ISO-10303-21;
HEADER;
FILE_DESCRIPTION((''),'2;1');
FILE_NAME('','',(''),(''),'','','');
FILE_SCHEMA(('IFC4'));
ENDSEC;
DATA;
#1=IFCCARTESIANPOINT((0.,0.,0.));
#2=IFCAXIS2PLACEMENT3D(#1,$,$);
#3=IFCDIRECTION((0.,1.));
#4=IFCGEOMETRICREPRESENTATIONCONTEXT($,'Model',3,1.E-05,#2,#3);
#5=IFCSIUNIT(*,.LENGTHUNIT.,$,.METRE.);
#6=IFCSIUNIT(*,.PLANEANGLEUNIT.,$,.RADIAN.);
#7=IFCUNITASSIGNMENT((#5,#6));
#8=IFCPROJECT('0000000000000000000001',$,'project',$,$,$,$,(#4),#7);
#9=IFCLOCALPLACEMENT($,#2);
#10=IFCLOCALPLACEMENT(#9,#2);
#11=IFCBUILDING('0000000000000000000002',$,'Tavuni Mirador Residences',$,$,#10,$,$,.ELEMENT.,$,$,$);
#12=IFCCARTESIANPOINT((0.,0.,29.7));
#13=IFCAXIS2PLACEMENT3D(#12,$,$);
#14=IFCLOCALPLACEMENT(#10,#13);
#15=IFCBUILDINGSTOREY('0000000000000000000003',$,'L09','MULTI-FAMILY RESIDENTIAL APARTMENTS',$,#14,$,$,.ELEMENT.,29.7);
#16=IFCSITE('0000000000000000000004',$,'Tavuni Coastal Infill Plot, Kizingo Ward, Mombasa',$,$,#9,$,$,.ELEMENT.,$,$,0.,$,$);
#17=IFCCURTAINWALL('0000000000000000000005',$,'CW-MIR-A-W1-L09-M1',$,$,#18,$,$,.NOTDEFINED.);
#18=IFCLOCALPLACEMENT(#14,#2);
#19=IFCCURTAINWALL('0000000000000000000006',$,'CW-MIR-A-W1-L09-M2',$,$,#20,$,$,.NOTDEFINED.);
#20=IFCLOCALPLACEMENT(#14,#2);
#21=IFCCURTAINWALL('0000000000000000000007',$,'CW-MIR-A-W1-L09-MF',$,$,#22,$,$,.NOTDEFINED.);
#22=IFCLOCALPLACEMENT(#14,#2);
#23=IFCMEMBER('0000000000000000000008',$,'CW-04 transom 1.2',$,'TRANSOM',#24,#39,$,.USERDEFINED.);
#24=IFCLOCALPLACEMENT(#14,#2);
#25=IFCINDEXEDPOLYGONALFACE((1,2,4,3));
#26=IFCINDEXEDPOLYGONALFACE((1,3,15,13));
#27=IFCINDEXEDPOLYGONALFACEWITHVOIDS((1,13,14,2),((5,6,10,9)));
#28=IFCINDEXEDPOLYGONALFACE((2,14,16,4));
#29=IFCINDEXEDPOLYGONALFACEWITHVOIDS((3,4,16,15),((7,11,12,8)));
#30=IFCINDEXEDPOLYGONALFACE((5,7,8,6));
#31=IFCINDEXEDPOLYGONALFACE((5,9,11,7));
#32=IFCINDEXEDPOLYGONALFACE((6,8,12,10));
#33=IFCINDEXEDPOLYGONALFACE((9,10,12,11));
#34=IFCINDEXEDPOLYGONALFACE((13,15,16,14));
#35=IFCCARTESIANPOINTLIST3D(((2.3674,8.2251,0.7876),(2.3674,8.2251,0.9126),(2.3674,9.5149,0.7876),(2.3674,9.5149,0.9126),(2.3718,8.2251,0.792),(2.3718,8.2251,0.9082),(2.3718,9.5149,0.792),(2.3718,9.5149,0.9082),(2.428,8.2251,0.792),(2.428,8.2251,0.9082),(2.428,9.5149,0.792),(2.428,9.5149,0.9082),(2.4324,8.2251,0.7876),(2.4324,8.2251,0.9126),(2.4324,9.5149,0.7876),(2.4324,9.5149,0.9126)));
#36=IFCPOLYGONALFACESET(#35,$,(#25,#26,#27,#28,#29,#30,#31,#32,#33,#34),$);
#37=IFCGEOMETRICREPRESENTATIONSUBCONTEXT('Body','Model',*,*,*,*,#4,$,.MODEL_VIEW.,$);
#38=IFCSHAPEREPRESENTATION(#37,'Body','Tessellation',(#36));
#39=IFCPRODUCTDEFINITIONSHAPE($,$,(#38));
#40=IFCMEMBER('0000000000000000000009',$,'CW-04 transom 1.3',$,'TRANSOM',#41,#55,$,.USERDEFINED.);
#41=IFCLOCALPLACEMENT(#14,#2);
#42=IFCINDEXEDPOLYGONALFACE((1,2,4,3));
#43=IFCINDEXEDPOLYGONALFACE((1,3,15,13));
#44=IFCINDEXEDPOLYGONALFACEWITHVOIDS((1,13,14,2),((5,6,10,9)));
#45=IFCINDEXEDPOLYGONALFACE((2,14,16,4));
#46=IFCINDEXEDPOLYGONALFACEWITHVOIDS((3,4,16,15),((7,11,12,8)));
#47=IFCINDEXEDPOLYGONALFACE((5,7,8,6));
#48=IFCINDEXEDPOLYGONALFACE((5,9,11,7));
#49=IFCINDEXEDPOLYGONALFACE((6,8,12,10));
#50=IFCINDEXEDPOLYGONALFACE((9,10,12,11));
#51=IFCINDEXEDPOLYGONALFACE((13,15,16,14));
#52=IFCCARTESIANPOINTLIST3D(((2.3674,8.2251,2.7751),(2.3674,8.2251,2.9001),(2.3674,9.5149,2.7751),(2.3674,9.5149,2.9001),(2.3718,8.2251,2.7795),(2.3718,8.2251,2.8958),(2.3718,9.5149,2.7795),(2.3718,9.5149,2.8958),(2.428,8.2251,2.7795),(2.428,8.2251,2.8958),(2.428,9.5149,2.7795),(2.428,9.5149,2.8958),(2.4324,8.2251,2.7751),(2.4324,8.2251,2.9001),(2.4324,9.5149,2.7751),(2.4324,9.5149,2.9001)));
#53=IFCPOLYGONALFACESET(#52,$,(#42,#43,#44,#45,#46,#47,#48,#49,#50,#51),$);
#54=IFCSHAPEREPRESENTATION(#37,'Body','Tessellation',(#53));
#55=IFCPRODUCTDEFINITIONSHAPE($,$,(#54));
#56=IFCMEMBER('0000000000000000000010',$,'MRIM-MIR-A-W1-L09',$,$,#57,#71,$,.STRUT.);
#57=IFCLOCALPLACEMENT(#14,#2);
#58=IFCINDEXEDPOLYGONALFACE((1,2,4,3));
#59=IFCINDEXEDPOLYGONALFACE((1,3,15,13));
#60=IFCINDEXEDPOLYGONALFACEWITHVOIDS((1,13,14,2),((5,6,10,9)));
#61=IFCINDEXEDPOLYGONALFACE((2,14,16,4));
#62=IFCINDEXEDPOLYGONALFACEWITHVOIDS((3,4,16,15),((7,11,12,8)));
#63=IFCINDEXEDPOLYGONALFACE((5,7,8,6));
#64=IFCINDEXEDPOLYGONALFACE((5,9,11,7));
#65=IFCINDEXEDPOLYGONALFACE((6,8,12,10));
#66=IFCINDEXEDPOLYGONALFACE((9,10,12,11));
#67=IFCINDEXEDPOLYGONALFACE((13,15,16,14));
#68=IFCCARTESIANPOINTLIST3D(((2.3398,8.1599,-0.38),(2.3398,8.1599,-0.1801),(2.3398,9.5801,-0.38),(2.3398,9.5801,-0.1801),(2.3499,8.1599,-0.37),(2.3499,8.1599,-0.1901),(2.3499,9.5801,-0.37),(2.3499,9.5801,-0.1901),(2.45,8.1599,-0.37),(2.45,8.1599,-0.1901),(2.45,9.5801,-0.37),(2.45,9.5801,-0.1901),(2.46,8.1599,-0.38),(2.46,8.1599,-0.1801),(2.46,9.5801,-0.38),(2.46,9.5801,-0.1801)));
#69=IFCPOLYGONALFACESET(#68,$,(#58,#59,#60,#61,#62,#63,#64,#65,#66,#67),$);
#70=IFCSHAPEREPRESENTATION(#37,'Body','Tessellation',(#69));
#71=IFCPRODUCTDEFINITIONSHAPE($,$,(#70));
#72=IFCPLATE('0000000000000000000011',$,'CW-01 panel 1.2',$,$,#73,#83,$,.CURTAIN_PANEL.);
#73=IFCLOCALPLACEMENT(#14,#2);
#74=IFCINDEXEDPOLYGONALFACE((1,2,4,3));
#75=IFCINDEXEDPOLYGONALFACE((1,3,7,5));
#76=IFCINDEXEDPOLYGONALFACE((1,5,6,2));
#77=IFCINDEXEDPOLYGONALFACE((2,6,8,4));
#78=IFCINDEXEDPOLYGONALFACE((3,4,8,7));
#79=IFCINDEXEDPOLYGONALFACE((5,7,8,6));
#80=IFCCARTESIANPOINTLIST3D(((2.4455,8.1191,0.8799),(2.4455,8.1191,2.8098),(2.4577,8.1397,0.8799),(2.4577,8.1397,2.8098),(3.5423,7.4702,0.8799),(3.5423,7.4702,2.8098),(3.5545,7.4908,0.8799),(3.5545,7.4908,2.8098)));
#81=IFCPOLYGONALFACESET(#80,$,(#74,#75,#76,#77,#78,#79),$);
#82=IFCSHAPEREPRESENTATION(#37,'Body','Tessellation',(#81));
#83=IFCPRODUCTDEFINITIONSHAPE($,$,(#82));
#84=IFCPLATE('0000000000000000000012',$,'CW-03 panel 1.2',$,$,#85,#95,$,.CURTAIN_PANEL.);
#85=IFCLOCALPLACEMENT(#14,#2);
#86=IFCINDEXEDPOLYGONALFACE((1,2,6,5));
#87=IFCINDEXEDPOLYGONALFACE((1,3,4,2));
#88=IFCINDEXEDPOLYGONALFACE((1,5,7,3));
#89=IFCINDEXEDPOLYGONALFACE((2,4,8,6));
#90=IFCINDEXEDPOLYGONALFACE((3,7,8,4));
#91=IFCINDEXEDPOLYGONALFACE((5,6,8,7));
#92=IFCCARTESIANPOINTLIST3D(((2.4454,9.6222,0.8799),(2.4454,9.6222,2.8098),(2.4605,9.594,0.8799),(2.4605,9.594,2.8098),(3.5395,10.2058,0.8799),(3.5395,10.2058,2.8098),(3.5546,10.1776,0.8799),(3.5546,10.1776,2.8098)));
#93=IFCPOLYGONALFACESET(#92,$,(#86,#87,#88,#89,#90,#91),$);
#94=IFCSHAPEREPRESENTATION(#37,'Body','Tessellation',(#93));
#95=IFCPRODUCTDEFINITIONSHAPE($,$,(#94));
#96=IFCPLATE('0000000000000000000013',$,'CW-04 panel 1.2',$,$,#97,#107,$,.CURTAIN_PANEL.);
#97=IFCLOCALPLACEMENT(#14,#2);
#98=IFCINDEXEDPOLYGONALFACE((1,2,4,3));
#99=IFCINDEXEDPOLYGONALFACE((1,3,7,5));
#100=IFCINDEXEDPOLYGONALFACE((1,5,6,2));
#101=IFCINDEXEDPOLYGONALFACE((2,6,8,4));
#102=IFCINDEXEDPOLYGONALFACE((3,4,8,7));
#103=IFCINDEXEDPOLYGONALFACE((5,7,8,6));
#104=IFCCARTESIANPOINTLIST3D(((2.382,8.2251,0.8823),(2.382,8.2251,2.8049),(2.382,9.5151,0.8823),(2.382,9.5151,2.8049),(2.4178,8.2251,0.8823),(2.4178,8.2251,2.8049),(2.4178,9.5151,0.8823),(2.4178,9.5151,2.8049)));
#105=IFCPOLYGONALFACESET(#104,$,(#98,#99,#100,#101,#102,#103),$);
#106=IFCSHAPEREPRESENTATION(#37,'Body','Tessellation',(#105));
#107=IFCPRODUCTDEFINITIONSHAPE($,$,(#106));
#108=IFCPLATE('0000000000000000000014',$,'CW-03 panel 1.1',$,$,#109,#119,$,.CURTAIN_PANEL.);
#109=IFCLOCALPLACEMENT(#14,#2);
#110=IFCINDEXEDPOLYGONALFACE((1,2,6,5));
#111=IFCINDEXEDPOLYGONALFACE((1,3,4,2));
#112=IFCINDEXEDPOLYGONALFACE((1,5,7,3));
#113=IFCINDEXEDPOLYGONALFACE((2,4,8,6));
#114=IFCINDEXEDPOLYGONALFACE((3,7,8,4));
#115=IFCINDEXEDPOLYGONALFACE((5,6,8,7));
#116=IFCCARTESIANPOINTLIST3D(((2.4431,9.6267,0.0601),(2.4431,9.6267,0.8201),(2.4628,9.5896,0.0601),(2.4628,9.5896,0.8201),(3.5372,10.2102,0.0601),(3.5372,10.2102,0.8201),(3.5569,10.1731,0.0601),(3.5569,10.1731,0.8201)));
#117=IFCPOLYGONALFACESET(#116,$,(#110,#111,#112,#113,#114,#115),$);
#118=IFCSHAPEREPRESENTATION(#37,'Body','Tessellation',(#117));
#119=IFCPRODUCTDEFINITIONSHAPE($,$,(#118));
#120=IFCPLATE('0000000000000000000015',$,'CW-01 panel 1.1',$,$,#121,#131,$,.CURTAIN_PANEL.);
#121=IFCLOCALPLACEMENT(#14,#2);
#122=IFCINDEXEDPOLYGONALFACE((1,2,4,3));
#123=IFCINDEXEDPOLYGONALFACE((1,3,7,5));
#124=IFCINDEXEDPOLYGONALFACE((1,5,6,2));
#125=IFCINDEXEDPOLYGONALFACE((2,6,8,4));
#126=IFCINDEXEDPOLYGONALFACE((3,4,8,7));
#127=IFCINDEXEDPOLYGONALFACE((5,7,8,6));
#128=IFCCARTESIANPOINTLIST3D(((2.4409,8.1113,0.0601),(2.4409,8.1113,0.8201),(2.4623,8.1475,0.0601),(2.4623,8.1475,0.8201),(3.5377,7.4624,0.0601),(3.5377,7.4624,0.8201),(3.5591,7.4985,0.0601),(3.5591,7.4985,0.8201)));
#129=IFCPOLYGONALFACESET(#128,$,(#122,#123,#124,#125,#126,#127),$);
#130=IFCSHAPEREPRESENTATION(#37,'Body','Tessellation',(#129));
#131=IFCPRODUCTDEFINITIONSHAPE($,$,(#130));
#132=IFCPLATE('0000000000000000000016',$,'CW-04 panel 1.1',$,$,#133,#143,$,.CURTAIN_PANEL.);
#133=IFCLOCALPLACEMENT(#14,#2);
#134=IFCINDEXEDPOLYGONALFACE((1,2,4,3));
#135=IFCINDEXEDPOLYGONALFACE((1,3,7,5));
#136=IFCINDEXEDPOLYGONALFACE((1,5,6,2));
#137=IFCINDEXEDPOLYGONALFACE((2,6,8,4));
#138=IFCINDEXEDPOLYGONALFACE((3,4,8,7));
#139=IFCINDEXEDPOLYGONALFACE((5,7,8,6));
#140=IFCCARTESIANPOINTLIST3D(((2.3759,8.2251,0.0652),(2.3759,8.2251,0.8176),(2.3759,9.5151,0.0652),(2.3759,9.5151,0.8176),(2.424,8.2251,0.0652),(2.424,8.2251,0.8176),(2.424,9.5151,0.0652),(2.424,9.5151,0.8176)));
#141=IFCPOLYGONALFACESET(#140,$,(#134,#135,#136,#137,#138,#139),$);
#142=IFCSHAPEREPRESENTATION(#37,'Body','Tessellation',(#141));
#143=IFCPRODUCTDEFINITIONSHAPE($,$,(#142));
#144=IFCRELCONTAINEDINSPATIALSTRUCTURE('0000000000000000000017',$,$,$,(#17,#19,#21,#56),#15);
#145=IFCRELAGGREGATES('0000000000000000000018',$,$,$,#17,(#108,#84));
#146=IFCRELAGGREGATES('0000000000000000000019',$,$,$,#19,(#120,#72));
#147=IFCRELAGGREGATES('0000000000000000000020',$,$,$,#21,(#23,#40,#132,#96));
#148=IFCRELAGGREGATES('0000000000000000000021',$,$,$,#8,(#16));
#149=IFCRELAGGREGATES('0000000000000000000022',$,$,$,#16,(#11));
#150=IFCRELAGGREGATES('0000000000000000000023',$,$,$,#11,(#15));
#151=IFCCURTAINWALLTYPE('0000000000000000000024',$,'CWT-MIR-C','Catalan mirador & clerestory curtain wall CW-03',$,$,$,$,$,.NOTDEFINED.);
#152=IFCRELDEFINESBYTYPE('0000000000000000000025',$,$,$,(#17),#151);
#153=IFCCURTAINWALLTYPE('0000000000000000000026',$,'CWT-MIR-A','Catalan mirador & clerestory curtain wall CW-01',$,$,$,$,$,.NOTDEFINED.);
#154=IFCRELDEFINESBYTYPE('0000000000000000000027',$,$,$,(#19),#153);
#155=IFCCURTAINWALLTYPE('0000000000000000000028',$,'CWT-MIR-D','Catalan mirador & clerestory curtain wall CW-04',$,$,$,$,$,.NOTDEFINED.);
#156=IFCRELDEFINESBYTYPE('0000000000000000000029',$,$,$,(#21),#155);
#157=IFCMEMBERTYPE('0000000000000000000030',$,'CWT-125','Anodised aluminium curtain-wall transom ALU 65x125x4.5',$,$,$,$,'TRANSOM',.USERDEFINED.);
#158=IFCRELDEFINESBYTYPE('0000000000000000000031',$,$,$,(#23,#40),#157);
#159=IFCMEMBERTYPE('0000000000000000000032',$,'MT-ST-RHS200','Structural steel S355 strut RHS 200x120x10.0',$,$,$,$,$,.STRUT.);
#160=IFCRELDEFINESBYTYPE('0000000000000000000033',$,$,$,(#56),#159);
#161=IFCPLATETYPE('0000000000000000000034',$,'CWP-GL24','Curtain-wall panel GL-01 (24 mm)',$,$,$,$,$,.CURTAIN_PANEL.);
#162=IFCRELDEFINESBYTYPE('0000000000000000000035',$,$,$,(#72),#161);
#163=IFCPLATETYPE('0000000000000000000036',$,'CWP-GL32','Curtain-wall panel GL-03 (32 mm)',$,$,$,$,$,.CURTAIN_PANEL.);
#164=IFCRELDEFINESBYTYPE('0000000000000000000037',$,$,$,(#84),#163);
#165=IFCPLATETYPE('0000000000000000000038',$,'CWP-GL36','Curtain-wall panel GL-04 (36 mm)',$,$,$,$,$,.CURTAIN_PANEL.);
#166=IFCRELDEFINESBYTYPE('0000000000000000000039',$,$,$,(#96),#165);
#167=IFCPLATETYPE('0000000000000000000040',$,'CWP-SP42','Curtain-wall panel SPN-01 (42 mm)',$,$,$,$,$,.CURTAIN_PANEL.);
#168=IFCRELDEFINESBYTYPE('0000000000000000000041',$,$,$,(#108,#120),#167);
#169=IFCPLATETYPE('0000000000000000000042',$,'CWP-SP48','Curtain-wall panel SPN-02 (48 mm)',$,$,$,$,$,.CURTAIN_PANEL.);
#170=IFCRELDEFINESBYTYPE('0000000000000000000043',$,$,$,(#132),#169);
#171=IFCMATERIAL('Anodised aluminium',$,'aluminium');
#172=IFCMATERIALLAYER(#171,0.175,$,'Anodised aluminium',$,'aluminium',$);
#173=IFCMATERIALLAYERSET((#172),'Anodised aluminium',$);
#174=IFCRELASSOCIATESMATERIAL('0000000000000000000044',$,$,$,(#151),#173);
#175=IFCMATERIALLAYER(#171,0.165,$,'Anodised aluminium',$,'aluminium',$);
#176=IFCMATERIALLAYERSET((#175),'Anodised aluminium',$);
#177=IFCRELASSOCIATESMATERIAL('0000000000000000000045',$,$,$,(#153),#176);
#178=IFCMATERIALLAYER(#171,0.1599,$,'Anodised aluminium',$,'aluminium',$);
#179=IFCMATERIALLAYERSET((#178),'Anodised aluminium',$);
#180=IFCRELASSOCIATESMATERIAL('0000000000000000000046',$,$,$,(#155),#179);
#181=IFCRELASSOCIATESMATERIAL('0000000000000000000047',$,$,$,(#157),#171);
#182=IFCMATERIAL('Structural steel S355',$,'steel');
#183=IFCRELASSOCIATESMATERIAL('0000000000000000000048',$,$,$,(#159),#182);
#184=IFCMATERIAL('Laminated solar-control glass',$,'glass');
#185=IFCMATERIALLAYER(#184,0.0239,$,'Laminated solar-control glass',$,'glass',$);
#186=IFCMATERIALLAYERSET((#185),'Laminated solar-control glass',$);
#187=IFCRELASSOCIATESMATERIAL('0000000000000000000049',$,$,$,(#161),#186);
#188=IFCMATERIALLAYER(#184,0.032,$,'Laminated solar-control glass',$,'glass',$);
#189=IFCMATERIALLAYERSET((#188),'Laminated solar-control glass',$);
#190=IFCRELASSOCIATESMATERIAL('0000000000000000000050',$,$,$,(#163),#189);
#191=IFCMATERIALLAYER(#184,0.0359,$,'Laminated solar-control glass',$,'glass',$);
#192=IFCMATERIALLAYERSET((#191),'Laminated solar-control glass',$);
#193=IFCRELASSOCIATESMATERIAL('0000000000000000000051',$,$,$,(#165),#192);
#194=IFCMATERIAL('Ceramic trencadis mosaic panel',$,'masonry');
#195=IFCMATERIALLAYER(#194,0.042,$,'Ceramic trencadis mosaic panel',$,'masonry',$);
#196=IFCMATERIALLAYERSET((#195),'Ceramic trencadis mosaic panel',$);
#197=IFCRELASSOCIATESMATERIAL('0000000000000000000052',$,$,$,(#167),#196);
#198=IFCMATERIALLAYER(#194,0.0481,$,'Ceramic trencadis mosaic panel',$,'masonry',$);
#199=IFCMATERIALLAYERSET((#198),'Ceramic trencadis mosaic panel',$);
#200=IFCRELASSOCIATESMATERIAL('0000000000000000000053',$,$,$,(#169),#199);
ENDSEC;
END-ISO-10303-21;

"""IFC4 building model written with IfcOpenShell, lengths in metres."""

from ifc_helpers import new_model, si_unit, direction, frame, origin, origin_2d, place, context, subcontext, project, spatial, rectangle, hollow_rectangle, extrude, material, layer, layer_set, material_profile, profile_set, type_object, element, aggregate, save


model = new_model("IFC4")

# Units and contexts
model_context = context("Model", 3, precision=1e-05, world=origin(), true_north=direction((0.0, 1.0)))
body_context = subcontext(model_context, "Body", "Model", "MODEL_VIEW")
ifc_project = project(units=[si_unit("LENGTHUNIT", "METRE"), si_unit("PLANEANGLEUNIT", "RADIAN")], contexts=[model_context])

# Site, building, storey
site_placement = place(None, origin())
site = spatial("IfcSite", under=ifc_project, at=site_placement, Name="Tavuni Coastal Infill Plot, Kizingo Ward, Mombasa", CompositionType="ELEMENT", RefElevation=0.0)
building_placement = place(site_placement, origin())
building = spatial("IfcBuilding", under=site, at=building_placement, Name="Tavuni Mirador Residences", CompositionType="ELEMENT")
storey_placement = place(building_placement, frame((0.0, 0.0, 29.7)))
storey = spatial("IfcBuildingStorey", under=building, at=storey_placement, Name="L09", Description="MULTI-FAMILY RESIDENTIAL APARTMENTS", CompositionType="ELEMENT", Elevation=29.7)

# Curtain walls
ifc_material_1 = material(Name="Anodised aluminium", Category="aluminium")
ifc_layer_1 = layer(ifc_material_1, 0.175, Name="Anodised aluminium", Category="aluminium")
ifc_layer_set_1 = layer_set([ifc_layer_1], Name="Anodised aluminium")
curtain_wall_type_1 = type_object("IfcCurtainWallType", Name="CWT-MIR-C", Description="Catalan mirador & clerestory curtain wall CW-03", PredefinedType="NOTDEFINED", material=ifc_layer_set_1)
curtain_wall_1_placement = place(storey_placement, origin())
curtain_wall_1 = element("IfcCurtainWall", 1, at=curtain_wall_1_placement, inside=storey, type_object=curtain_wall_type_1, Name="CW-MIR-A-W1-L09-M1", PredefinedType="NOTDEFINED")
ifc_layer_2 = layer(ifc_material_1, 0.165, Name="Anodised aluminium", Category="aluminium")
ifc_layer_set_2 = layer_set([ifc_layer_2], Name="Anodised aluminium")
curtain_wall_type_2 = type_object("IfcCurtainWallType", Name="CWT-MIR-A", Description="Catalan mirador & clerestory curtain wall CW-01", PredefinedType="NOTDEFINED", material=ifc_layer_set_2)
curtain_wall_2_placement = place(storey_placement, origin())
curtain_wall_2 = element("IfcCurtainWall", 2, at=curtain_wall_2_placement, inside=storey, type_object=curtain_wall_type_2, Name="CW-MIR-A-W1-L09-M2", PredefinedType="NOTDEFINED")

# Curtain wall
ifc_layer_3 = layer(ifc_material_1, 0.1599, Name="Anodised aluminium", Category="aluminium")
ifc_layer_set_3 = layer_set([ifc_layer_3], Name="Anodised aluminium")
curtain_wall_type_3 = type_object("IfcCurtainWallType", Name="CWT-MIR-D", Description="Catalan mirador & clerestory curtain wall CW-04", PredefinedType="NOTDEFINED", material=ifc_layer_set_3)
curtain_wall_3_placement = place(storey_placement, origin())
curtain_wall_3 = element("IfcCurtainWall", 3, at=curtain_wall_3_placement, inside=storey, type_object=curtain_wall_type_3, Name="CW-MIR-A-W1-L09-MF", PredefinedType="NOTDEFINED")

# Members
ifc_material_profile_1 = material_profile(ifc_material_1, hollow_rectangle(XDim=0.0649, YDim=0.125, WallThickness=0.0044, at=origin_2d()), Name="ALU 65x125x4.5", Category="aluminium")
ifc_profile_set_1 = profile_set([ifc_material_profile_1], Name="Anodised aluminium")
member_type_1 = type_object("IfcMemberType", Name="CWT-125", Description="Anodised aluminium curtain-wall transom ALU 65x125x4.5", ElementType="TRANSOM", PredefinedType="USERDEFINED", material=ifc_profile_set_1)
member_1_placement = place(storey_placement, frame((2.3999, 9.5149, 0.8501), z_axis=(0.0, -1.0, 0.0), x_axis=(1.0, 0.0, 0.0)))
member_1 = element("IfcMember", 4, at=member_1_placement, type_object=member_type_1, Name="CW-04 transom 1.2", ObjectType="TRANSOM", PredefinedType="USERDEFINED", context=body_context, shape_type="SweptSolid", body=[
    extrude(hollow_rectangle(XDim=0.0649, YDim=0.125, WallThickness=0.0044, at=origin_2d()), origin(), (0.0, 0.0, 1.0), 1.2898),
])
member_2_placement = place(storey_placement, frame((2.3999, 9.5149, 2.8376), z_axis=(0.0, -1.0, 0.0), x_axis=(1.0, 0.0, 0.0)))
member_2 = element("IfcMember", 5, at=member_2_placement, type_object=member_type_1, Name="CW-04 transom 1.3", ObjectType="TRANSOM", PredefinedType="USERDEFINED", context=body_context, shape_type="SweptSolid", body=[
    extrude(hollow_rectangle(XDim=0.0649, YDim=0.125, WallThickness=0.0044, at=origin_2d()), origin(), (0.0, 0.0, 1.0), 1.2898),
])
ifc_material_2 = material(Name="Structural steel S355", Category="steel")
ifc_material_profile_2 = material_profile(ifc_material_2, hollow_rectangle(XDim=0.1201, YDim=0.2, WallThickness=0.01, at=origin_2d()), Name="RHS 200x120x10.0", Category="steel")
ifc_profile_set_2 = profile_set([ifc_material_profile_2], Name="Structural steel S355")
member_type_2 = type_object("IfcMemberType", Name="MT-ST-RHS200", Description="Structural steel S355 strut RHS 200x120x10.0", PredefinedType="STRUT", material=ifc_profile_set_2)
member_3_placement = place(storey_placement, frame((2.3999, 8.1599, -0.28), z_axis=(0.0, 1.0, 0.0), x_axis=(-1.0, 0.0, 0.0)))
element("IfcMember", 6, at=member_3_placement, inside=storey, type_object=member_type_2, Name="MRIM-MIR-A-W1-L09", PredefinedType="STRUT", context=body_context, shape_type="SweptSolid", body=[
    extrude(hollow_rectangle(XDim=0.1201, YDim=0.2, WallThickness=0.01, at=origin_2d()), origin(), (0.0, 0.0, 1.0), 1.4202),
])

# Plates
ifc_material_3 = material(Name="Laminated solar-control glass", Category="glass")
ifc_layer_4 = layer(ifc_material_3, 0.0239, Name="Laminated solar-control glass", Category="glass")
ifc_layer_set_4 = layer_set([ifc_layer_4], Name="Laminated solar-control glass")
plate_type_1 = type_object("IfcPlateType", Name="CWP-GL24", Description="Curtain-wall panel GL-01 (24 mm)", PredefinedType="CURTAIN_PANEL", material=ifc_layer_set_4)
plate_1_placement = place(storey_placement, frame((3.0, 7.8049, 0.8799), z_axis=(0.0, 0.0, 1.0), x_axis=(0.860641, -0.509212, 0.0)))
plate_1 = element("IfcPlate", 7, at=plate_1_placement, type_object=plate_type_1, Name="CW-01 panel 1.2", PredefinedType="CURTAIN_PANEL", context=body_context, shape_type="SweptSolid", body=[
    extrude(rectangle(XDim=1.2744, YDim=0.0239, at=origin_2d()), origin(), (0.0, 0.0, 1.0), 1.9299),
])
ifc_layer_5 = layer(ifc_material_3, 0.032, Name="Laminated solar-control glass", Category="glass")
ifc_layer_set_5 = layer_set([ifc_layer_5], Name="Laminated solar-control glass")
plate_type_2 = type_object("IfcPlateType", Name="CWP-GL32", Description="Curtain-wall panel GL-03 (32 mm)", PredefinedType="CURTAIN_PANEL", material=ifc_layer_set_5)
plate_2_placement = place(storey_placement, frame((3.0, 9.8999, 0.8799), z_axis=(0.0, 0.0, 1.0), x_axis=(-0.882353, -0.470588, 0.0)))
plate_2 = element("IfcPlate", 8, at=plate_2_placement, type_object=plate_type_2, Name="CW-03 panel 1.2", PredefinedType="CURTAIN_PANEL", context=body_context, shape_type="SweptSolid", body=[
    extrude(rectangle(XDim=1.24, YDim=0.032, at=origin_2d()), origin(), (0.0, 0.0, 1.0), 1.9299),
])
ifc_layer_6 = layer(ifc_material_3, 0.0359, Name="Laminated solar-control glass", Category="glass")
ifc_layer_set_6 = layer_set([ifc_layer_6], Name="Laminated solar-control glass")
plate_type_3 = type_object("IfcPlateType", Name="CWP-GL36", Description="Curtain-wall panel GL-04 (36 mm)", PredefinedType="CURTAIN_PANEL", material=ifc_layer_set_6)
plate_3_placement = place(storey_placement, frame((2.3999, 8.8701, 0.8823), z_axis=(0.0, 0.0, 1.0), x_axis=(0.0, -1.0, 0.0)))
plate_3 = element("IfcPlate", 9, at=plate_3_placement, type_object=plate_type_3, Name="CW-04 panel 1.2", PredefinedType="CURTAIN_PANEL", context=body_context, shape_type="SweptSolid", body=[
    extrude(rectangle(XDim=1.29, YDim=0.0359, at=origin_2d()), origin(), (0.0, 0.0, 1.0), 1.9226),
])
ifc_material_4 = material(Name="Ceramic trencadis mosaic panel", Category="masonry")
ifc_layer_7 = layer(ifc_material_4, 0.042, Name="Ceramic trencadis mosaic panel", Category="masonry")
ifc_layer_set_7 = layer_set([ifc_layer_7], Name="Ceramic trencadis mosaic panel")
plate_type_4 = type_object("IfcPlateType", Name="CWP-SP42", Description="Curtain-wall panel SPN-01 (42 mm)", PredefinedType="CURTAIN_PANEL", material=ifc_layer_set_7)
plate_4_placement = place(storey_placement, frame((3.0, 9.8999, 0.0601), z_axis=(0.0, 0.0, 1.0), x_axis=(-0.882353, -0.470588, 0.0)))
plate_4 = element("IfcPlate", 10, at=plate_4_placement, type_object=plate_type_4, Name="CW-03 panel 1.1", PredefinedType="CURTAIN_PANEL", context=body_context, shape_type="SweptSolid", body=[
    extrude(rectangle(XDim=1.24, YDim=0.042, at=origin_2d()), origin(), (0.0, 0.0, 1.0), 0.76),
])
aggregate(curtain_wall_1, [plate_4, plate_2])
plate_5_placement = place(storey_placement, frame((3.0, 7.8049, 0.0601), z_axis=(0.0, 0.0, 1.0), x_axis=(0.860641, -0.509212, 0.0)))
plate_5 = element("IfcPlate", 11, at=plate_5_placement, type_object=plate_type_4, Name="CW-01 panel 1.1", PredefinedType="CURTAIN_PANEL", context=body_context, shape_type="SweptSolid", body=[
    extrude(rectangle(XDim=1.2744, YDim=0.042, at=origin_2d()), origin(), (0.0, 0.0, 1.0), 0.76),
])
aggregate(curtain_wall_2, [plate_5, plate_1])
ifc_layer_8 = layer(ifc_material_4, 0.0481, Name="Ceramic trencadis mosaic panel", Category="masonry")
ifc_layer_set_8 = layer_set([ifc_layer_8], Name="Ceramic trencadis mosaic panel")
plate_type_5 = type_object("IfcPlateType", Name="CWP-SP48", Description="Curtain-wall panel SPN-02 (48 mm)", PredefinedType="CURTAIN_PANEL", material=ifc_layer_set_8)
plate_6_placement = place(storey_placement, frame((2.3999, 8.8701, 0.0652), z_axis=(0.0, 0.0, 1.0), x_axis=(0.0, -1.0, 0.0)))
plate_6 = element("IfcPlate", 12, at=plate_6_placement, type_object=plate_type_5, Name="CW-04 panel 1.1", PredefinedType="CURTAIN_PANEL", context=body_context, shape_type="SweptSolid", body=[
    extrude(rectangle(XDim=1.29, YDim=0.0481, at=origin_2d()), origin(), (0.0, 0.0, 1.0), 0.7524),
])
aggregate(curtain_wall_3, [member_1, member_2, plate_6, plate_3])

save(model, "model.ifc")
